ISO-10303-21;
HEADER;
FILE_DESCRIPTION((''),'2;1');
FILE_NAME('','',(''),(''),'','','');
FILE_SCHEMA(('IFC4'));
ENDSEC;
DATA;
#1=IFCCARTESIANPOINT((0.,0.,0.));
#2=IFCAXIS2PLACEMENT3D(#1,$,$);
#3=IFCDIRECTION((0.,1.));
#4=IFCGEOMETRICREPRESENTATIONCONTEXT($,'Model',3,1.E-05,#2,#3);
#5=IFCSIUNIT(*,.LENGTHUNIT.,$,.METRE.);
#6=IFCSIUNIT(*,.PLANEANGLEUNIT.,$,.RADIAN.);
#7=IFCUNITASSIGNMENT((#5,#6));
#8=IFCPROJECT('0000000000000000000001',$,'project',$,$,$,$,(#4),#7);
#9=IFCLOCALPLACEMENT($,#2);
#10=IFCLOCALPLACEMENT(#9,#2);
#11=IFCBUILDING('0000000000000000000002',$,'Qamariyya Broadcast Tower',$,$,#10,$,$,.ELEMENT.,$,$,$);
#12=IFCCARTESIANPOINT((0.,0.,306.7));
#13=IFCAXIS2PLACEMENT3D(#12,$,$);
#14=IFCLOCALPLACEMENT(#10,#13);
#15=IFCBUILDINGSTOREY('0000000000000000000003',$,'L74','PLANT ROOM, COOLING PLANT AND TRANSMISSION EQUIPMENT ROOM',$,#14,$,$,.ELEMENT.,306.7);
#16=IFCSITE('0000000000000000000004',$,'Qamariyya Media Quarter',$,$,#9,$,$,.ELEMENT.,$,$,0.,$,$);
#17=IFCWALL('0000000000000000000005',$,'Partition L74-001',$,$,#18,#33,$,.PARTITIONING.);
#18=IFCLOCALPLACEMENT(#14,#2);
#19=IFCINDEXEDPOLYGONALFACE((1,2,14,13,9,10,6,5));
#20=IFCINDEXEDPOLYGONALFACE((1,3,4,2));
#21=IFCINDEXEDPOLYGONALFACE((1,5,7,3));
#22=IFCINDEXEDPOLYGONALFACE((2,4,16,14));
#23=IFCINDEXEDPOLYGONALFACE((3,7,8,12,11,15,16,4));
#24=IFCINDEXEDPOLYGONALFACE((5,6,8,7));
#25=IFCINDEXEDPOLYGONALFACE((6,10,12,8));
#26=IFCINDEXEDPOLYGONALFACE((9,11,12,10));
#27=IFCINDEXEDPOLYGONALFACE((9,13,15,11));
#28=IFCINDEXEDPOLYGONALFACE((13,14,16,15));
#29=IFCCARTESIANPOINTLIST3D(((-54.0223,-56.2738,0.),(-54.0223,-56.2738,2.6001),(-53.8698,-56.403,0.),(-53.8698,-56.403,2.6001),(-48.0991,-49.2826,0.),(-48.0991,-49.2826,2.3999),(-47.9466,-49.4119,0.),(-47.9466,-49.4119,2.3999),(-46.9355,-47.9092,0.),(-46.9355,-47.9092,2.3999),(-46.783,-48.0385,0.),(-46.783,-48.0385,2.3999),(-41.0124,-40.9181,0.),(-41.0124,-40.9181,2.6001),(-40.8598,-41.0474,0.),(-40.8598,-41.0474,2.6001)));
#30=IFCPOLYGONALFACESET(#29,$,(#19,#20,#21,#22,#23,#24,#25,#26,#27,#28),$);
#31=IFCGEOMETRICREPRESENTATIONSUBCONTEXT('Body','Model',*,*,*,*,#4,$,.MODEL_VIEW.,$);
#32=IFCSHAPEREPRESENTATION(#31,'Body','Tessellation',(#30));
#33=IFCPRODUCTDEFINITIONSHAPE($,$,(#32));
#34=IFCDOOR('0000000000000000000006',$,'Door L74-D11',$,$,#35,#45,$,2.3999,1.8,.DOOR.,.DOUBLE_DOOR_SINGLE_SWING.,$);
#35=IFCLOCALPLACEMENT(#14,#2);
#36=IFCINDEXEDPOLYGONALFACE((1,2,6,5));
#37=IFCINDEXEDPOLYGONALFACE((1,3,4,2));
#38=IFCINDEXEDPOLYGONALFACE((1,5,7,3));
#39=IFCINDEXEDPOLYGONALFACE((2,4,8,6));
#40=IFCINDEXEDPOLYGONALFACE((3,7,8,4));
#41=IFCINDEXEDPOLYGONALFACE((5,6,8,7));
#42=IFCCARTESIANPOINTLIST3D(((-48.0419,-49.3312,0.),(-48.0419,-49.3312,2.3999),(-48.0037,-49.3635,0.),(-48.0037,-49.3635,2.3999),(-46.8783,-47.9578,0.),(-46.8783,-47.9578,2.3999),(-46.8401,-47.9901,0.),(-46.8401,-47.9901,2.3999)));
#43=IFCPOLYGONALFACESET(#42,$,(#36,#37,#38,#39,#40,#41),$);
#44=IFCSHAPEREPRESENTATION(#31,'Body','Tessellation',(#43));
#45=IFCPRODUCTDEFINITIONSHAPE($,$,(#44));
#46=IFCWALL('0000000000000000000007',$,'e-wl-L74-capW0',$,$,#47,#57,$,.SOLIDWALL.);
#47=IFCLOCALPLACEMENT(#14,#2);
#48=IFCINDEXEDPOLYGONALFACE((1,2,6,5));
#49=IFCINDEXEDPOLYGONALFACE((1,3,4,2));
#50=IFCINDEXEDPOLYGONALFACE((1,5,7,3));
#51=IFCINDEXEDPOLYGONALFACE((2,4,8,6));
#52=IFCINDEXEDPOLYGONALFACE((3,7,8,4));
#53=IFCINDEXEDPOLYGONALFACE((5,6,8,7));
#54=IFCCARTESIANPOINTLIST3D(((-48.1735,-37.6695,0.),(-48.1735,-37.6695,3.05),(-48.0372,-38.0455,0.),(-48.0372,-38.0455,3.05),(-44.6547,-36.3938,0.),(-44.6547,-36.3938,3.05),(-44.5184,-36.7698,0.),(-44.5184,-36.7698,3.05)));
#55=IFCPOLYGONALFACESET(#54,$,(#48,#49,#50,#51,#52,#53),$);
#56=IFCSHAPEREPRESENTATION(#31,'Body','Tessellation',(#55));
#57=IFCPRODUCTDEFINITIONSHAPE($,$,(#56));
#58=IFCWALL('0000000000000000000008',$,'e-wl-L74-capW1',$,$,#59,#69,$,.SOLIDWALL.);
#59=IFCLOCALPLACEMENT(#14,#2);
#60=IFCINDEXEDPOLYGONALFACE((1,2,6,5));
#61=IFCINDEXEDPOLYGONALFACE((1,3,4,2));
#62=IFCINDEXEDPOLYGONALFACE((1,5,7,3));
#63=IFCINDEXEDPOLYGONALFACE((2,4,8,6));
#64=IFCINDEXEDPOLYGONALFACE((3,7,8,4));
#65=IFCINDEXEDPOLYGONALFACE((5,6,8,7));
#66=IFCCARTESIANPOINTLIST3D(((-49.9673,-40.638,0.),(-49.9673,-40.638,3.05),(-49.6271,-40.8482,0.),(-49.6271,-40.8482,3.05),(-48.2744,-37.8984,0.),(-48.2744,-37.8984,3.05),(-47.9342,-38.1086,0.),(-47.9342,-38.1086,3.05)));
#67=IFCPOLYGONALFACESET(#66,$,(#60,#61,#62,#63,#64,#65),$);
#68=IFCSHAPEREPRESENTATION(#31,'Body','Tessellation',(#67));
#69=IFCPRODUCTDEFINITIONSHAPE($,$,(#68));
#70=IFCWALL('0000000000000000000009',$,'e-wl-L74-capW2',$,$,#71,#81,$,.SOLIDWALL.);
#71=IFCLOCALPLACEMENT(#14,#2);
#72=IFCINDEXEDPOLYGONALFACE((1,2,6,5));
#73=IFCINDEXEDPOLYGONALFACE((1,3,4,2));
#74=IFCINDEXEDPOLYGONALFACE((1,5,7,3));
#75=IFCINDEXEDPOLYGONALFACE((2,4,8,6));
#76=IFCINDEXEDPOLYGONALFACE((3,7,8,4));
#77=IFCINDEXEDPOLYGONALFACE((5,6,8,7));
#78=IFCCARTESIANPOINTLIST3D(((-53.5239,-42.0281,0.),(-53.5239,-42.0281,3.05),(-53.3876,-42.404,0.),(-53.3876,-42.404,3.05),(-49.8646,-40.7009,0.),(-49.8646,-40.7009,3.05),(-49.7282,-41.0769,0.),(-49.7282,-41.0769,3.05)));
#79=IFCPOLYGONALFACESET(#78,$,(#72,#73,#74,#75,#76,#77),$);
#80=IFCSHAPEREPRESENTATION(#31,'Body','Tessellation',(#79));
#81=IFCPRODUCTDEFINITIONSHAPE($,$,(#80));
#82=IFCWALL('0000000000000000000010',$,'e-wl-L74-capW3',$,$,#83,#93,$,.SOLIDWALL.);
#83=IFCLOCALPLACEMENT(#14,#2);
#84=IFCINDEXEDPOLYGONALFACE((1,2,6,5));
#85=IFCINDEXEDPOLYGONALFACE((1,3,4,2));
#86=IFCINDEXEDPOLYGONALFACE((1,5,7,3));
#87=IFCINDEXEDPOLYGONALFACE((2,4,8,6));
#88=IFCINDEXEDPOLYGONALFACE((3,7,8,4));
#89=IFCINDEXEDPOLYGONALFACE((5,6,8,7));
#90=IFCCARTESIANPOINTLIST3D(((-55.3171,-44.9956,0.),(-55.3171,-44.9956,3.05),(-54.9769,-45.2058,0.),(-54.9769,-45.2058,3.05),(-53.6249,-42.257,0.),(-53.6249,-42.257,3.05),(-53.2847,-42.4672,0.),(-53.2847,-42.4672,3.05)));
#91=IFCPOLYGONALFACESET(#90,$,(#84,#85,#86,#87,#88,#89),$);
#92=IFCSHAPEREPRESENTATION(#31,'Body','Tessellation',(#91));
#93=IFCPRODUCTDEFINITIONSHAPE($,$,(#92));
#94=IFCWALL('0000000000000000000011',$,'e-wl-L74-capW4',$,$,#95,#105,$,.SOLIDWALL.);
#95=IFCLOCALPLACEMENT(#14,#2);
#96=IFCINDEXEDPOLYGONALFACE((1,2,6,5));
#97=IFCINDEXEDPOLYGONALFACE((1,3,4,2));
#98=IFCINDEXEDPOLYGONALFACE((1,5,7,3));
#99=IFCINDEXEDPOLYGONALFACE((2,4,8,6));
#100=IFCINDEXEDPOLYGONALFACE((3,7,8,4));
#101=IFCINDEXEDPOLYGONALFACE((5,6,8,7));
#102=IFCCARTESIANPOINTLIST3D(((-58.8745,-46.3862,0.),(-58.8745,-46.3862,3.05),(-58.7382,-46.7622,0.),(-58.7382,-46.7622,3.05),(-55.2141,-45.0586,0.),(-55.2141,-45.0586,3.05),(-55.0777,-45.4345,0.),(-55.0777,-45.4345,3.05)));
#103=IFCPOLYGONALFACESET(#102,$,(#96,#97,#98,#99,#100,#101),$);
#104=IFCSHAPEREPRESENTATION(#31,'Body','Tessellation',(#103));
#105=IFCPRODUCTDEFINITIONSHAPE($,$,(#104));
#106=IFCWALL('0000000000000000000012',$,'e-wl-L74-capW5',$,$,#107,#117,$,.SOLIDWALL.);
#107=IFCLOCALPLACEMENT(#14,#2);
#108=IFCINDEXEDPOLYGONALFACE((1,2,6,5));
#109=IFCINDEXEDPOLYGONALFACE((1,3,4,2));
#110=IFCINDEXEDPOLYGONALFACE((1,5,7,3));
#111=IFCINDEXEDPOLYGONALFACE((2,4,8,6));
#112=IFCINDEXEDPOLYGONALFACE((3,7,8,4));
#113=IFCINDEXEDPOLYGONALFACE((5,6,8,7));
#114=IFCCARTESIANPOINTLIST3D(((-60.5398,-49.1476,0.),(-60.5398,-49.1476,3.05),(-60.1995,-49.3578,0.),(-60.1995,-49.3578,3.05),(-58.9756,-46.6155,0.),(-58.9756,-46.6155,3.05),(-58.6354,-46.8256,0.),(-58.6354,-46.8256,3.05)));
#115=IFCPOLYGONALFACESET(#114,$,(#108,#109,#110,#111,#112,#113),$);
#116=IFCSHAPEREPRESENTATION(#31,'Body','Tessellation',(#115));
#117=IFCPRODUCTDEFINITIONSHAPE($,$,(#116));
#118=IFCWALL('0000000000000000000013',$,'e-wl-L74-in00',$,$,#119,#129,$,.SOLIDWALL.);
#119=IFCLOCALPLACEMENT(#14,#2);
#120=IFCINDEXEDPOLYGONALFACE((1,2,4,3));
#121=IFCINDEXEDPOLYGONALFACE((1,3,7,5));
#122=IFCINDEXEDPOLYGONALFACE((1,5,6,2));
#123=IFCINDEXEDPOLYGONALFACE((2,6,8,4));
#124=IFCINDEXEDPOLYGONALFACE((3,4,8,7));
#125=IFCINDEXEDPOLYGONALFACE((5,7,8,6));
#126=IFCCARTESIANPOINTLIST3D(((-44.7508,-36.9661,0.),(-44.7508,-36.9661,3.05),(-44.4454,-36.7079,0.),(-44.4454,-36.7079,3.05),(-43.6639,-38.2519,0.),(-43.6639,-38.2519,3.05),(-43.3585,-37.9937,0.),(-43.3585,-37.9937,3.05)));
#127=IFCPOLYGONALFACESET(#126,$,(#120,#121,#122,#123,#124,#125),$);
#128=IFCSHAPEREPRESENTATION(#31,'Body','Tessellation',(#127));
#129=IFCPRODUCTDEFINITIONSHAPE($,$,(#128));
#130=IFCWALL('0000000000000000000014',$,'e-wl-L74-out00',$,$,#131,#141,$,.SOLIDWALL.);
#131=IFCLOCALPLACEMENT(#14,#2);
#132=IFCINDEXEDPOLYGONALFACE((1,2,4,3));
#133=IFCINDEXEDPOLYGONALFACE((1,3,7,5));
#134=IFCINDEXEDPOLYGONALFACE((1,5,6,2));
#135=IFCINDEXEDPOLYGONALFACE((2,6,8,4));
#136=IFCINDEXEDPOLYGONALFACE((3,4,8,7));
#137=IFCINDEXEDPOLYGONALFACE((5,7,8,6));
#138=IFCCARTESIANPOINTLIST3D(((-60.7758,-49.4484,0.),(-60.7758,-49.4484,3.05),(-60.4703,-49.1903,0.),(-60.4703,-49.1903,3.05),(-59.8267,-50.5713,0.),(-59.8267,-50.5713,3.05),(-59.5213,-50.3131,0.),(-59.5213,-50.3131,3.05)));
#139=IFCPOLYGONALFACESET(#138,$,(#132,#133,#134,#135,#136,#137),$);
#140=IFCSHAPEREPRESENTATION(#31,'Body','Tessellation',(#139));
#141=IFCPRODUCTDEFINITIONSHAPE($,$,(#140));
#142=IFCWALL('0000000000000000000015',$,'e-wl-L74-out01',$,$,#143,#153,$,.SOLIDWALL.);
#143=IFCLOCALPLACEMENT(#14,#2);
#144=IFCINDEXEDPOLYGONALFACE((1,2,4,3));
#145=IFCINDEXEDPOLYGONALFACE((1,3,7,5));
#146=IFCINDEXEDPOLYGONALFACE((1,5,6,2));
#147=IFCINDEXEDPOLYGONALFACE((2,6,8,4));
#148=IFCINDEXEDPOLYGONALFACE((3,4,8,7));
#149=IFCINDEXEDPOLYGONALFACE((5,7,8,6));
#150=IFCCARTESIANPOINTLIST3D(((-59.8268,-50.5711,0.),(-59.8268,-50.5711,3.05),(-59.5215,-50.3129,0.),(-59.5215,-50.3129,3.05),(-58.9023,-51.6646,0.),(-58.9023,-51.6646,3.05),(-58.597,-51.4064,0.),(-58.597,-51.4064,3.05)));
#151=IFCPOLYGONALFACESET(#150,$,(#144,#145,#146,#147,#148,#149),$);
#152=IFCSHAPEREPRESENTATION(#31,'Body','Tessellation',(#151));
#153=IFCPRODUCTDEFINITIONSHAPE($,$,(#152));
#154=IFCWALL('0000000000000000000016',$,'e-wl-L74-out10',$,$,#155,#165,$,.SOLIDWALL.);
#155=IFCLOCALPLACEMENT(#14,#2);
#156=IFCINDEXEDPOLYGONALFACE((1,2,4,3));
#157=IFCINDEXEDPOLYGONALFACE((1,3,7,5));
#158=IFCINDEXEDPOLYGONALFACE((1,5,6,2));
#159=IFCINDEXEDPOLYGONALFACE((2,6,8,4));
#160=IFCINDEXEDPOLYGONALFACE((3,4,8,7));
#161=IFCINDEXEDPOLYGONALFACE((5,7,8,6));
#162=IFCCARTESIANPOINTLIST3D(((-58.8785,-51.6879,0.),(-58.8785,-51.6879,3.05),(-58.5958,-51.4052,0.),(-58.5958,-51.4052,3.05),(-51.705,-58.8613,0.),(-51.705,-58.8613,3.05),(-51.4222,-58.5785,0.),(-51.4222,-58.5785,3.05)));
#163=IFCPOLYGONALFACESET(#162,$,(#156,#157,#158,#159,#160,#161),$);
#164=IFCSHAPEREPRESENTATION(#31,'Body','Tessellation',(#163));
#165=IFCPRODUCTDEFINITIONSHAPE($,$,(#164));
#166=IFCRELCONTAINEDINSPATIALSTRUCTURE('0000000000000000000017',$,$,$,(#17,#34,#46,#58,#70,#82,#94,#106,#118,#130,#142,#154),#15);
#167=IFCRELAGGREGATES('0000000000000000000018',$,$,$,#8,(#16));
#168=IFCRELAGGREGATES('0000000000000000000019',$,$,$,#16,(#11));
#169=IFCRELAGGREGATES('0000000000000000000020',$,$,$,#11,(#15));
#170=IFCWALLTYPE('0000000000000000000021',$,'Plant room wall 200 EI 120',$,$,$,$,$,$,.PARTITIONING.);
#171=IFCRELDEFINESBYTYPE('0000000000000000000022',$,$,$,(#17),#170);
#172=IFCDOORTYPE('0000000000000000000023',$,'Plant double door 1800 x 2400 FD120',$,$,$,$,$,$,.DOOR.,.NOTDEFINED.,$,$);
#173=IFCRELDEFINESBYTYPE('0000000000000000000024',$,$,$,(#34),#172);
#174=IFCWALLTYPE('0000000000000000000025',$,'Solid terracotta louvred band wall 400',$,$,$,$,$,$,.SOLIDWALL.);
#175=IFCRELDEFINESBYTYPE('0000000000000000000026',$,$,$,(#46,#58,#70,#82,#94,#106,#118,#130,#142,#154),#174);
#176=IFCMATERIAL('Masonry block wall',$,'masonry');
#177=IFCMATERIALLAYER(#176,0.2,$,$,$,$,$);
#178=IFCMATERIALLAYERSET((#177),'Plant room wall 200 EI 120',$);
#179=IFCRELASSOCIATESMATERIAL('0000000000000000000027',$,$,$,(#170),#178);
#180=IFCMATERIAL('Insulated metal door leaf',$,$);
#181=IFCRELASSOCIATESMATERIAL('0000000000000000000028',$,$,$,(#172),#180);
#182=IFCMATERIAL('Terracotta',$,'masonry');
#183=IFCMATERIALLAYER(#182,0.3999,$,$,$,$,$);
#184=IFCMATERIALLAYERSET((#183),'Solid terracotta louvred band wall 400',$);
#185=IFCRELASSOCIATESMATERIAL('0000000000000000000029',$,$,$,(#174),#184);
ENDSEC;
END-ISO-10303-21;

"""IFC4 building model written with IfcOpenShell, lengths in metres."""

from ifc_helpers import new_model, si_unit, direction, frame, frame_2d, origin, place, context, subcontext, project, spatial, rectangle, extrude, material, layer, layer_set, type_object, element, fill, save


model = new_model("IFC4")

# Units and contexts
model_context = context("Model", 3, precision=1e-05, world=origin(), true_north=direction((0.0, 1.0)))
body_context = subcontext(model_context, "Body", "Model", "MODEL_VIEW")
ifc_project = project(units=[si_unit("LENGTHUNIT", "METRE"), si_unit("PLANEANGLEUNIT", "RADIAN")], contexts=[model_context])

# Site, building, storey
site_placement = place(None, origin())
site = spatial("IfcSite", under=ifc_project, at=site_placement, Name="Qamariyya Media Quarter", CompositionType="ELEMENT", RefElevation=0.0)
building_placement = place(site_placement, origin())
building = spatial("IfcBuilding", under=site, at=building_placement, Name="Qamariyya Broadcast Tower", CompositionType="ELEMENT")
storey_placement = place(building_placement, frame((0.0, 0.0, 306.7)))
storey = spatial("IfcBuildingStorey", under=building, at=storey_placement, Name="L74", Description="PLANT ROOM, COOLING PLANT AND TRANSMISSION EQUIPMENT ROOM", CompositionType="ELEMENT", Elevation=306.7)

# Wall, opening, door
ifc_material_1 = material(Name="Masonry block wall", Category="masonry")
ifc_layer_1 = layer(ifc_material_1, 0.2)
ifc_layer_set_1 = layer_set([ifc_layer_1], Name="Plant room wall 200 EI 120")
wall_type_1 = type_object("IfcWallType", Name="Plant room wall 200 EI 120", PredefinedType="PARTITIONING", material=ifc_layer_set_1)
wall_1_placement = place(storey_placement, frame((-53.946, -56.3384, 0.0), z_axis=(0.0, 0.0, 1.0), x_axis=(0.646426, 0.762977, 0.0)))
wall_1 = element("IfcWall", 1, at=wall_1_placement, inside=storey, type_object=wall_type_1, Name="Partition L74-001", PredefinedType="PARTITIONING", context=body_context, shape_type="SweptSolid", body=[
    extrude(rectangle(XDim=20.126, YDim=0.2, at=frame_2d((10.063, 0.0))), origin(), (0.0, 0.0, 1.0), 2.6001),
])
opening_1_placement = place(wall_1_placement, frame((9.1631, 0.0, 0.0)))
opening_1 = element("IfcOpeningElement", 2, at=opening_1_placement, cuts=wall_1, PredefinedType="OPENING", context=body_context, shape_type="SweptSolid", body=[
    extrude(rectangle(XDim=1.8, YDim=2.3999, at=frame_2d((0.8999, 1.2))), frame((0.0, 0.1099, 0.0), z_axis=(0.0, -1.0, 0.0), x_axis=(1.0, 0.0, 0.0)), (0.0, 0.0, 1.0), 0.22),
])
ifc_material_2 = material(Name="Insulated metal door leaf")
door_type_1 = type_object("IfcDoorType", Name="Plant double door 1800 x 2400 FD120", OperationType="NOTDEFINED", PredefinedType="DOOR", material=ifc_material_2)
door_1_placement = place(opening_1_placement, origin())
door_1 = element("IfcDoor", 3, at=door_1_placement, inside=storey, type_object=door_type_1, Name="Door L74-D11", OperationType="DOUBLE_DOOR_SINGLE_SWING", OverallHeight=2.3999, OverallWidth=1.8, PredefinedType="DOOR", context=body_context, shape_type="SweptSolid", body=[
    extrude(rectangle(XDim=1.8, YDim=2.3999, at=frame_2d((0.8999, 1.2))), frame((0.0, 0.0249, 0.0), z_axis=(0.0, -1.0, 0.0), x_axis=(1.0, 0.0, 0.0)), (0.0, 0.0, 1.0), 0.05),
])
fill(opening_1, door_1)

# Walls
ifc_material_3 = material(Name="Terracotta", Category="masonry")
ifc_layer_2 = layer(ifc_material_3, 0.3999)
ifc_layer_set_2 = layer_set([ifc_layer_2], Name="Solid terracotta louvred band wall 400")
wall_type_2 = type_object("IfcWallType", Name="Solid terracotta louvred band wall 400", PredefinedType="SOLIDWALL", material=ifc_layer_set_2)
wall_2_placement = place(storey_placement, frame((-44.5864, -36.5818, 0.0), z_axis=(0.0, 0.0, 1.0), x_axis=(-0.94013, -0.340816, 0.0)))
element("IfcWall", 4, at=wall_2_placement, inside=storey, type_object=wall_type_2, Name="e-wl-L74-capW0", PredefinedType="SOLIDWALL", context=body_context, shape_type="SweptSolid", body=[
    extrude(rectangle(XDim=3.7429, YDim=0.3999, at=frame_2d((1.8716, 0.0))), origin(), (0.0, 0.0, 1.0), 3.05),
])
wall_3_placement = place(storey_placement, frame((-48.1042, -38.0034, 0.0), z_axis=(0.0, 0.0, 1.0), x_axis=(-0.525678, -0.850683, 0.0)))
element("IfcWall", 5, at=wall_3_placement, inside=storey, type_object=wall_type_2, Name="e-wl-L74-capW1", PredefinedType="SOLIDWALL", context=body_context, shape_type="SweptSolid", body=[
    extrude(rectangle(XDim=3.2205, YDim=0.3999, at=frame_2d((1.6104, 0.0))), origin(), (0.0, 0.0, 1.0), 3.05),
])
wall_4_placement = place(storey_placement, frame((-49.7964, -40.8889, 0.0), z_axis=(0.0, 0.0, 1.0), x_axis=(-0.940086, -0.340937, 0.0)))
element("IfcWall", 6, at=wall_4_placement, inside=storey, type_object=wall_type_2, Name="e-wl-L74-capW2", PredefinedType="SOLIDWALL", context=body_context, shape_type="SweptSolid", body=[
    extrude(rectangle(XDim=3.8926, YDim=0.3999, at=frame_2d((1.9463, 0.0))), origin(), (0.0, 0.0, 1.0), 3.05),
])
wall_5_placement = place(storey_placement, frame((-53.4548, -42.3621, 0.0), z_axis=(0.0, 0.0, 1.0), x_axis=(-0.525649, -0.850701, 0.0)))
element("IfcWall", 7, at=wall_5_placement, inside=storey, type_object=wall_type_2, Name="e-wl-L74-capW3", PredefinedType="SOLIDWALL", context=body_context, shape_type="SweptSolid", body=[
    extrude(rectangle(XDim=3.2192, YDim=0.3999, at=frame_2d((1.6096, 0.0))), origin(), (0.0, 0.0, 1.0), 3.05),
])
wall_6_placement = place(storey_placement, frame((-55.146, -45.2466, 0.0), z_axis=(0.0, 0.0, 1.0), x_axis=(-0.940075, -0.340968, 0.0)))
element("IfcWall", 8, at=wall_6_placement, inside=storey, type_object=wall_type_2, Name="e-wl-L74-capW4", PredefinedType="SOLIDWALL", context=body_context, shape_type="SweptSolid", body=[
    extrude(rectangle(XDim=3.8938, YDim=0.3999, at=frame_2d((1.9468, 0.0))), origin(), (0.0, 0.0, 1.0), 3.05),
])
wall_7_placement = place(storey_placement, frame((-58.8054, -46.7205, 0.0), z_axis=(0.0, 0.0, 1.0), x_axis=(-0.525538, -0.85077, 0.0)))
element("IfcWall", 9, at=wall_7_placement, inside=storey, type_object=wall_type_2, Name="e-wl-L74-capW5", PredefinedType="SOLIDWALL", context=body_context, shape_type="SweptSolid", body=[
    extrude(rectangle(XDim=2.9763, YDim=0.3999, at=frame_2d((1.4883, 0.0))), origin(), (0.0, 0.0, 1.0), 3.05),
])
wall_8_placement = place(storey_placement, frame((-43.5112, -38.1228, 0.0), z_axis=(0.0, 0.0, 1.0), x_axis=(-0.645546, 0.763722, 0.0)))
element("IfcWall", 10, at=wall_8_placement, inside=storey, type_object=wall_type_2, Name="e-wl-L74-in00", PredefinedType="SOLIDWALL", context=body_context, shape_type="SweptSolid", body=[
    extrude(rectangle(XDim=1.6836, YDim=0.3999, at=frame_2d((0.8418, 0.0))), origin(), (0.0, 0.0, 1.0), 3.05),
])
wall_9_placement = place(storey_placement, frame((-60.623, -49.3193, 0.0), z_axis=(0.0, 0.0, 1.0), x_axis=(0.64551, -0.763752, 0.0)))
element("IfcWall", 11, at=wall_9_placement, inside=storey, type_object=wall_type_2, Name="e-wl-L74-out00", PredefinedType="SOLIDWALL", context=body_context, shape_type="SweptSolid", body=[
    extrude(rectangle(XDim=1.4702, YDim=0.3999, at=frame_2d((0.7351, 0.0))), origin(), (0.0, 0.0, 1.0), 3.05),
])
wall_10_placement = place(storey_placement, frame((-59.6741, -50.4421, 0.0), z_axis=(0.0, 0.0, 1.0), x_axis=(0.645652, -0.763632, 0.0)))
element("IfcWall", 12, at=wall_10_placement, inside=storey, type_object=wall_type_2, Name="e-wl-L74-out01", PredefinedType="SOLIDWALL", context=body_context, shape_type="SweptSolid", body=[
    extrude(rectangle(XDim=1.4319, YDim=0.3999, at=frame_2d((0.7158, 0.0))), origin(), (0.0, 0.0, 1.0), 3.05),
])
wall_11_placement = place(storey_placement, frame((-58.7371, -51.5466, 0.0), z_axis=(0.0, 0.0, 1.0), x_axis=(0.707119, -0.707095, 0.0)))
element("IfcWall", 13, at=wall_11_placement, inside=storey, type_object=wall_type_2, Name="e-wl-L74-out10", PredefinedType="SOLIDWALL", context=body_context, shape_type="SweptSolid", body=[
    extrude(rectangle(XDim=10.1448, YDim=0.3999, at=frame_2d((5.0723, 0.0))), origin(), (0.0, 0.0, 1.0), 3.05),
])

save(model, "model.ifc")
